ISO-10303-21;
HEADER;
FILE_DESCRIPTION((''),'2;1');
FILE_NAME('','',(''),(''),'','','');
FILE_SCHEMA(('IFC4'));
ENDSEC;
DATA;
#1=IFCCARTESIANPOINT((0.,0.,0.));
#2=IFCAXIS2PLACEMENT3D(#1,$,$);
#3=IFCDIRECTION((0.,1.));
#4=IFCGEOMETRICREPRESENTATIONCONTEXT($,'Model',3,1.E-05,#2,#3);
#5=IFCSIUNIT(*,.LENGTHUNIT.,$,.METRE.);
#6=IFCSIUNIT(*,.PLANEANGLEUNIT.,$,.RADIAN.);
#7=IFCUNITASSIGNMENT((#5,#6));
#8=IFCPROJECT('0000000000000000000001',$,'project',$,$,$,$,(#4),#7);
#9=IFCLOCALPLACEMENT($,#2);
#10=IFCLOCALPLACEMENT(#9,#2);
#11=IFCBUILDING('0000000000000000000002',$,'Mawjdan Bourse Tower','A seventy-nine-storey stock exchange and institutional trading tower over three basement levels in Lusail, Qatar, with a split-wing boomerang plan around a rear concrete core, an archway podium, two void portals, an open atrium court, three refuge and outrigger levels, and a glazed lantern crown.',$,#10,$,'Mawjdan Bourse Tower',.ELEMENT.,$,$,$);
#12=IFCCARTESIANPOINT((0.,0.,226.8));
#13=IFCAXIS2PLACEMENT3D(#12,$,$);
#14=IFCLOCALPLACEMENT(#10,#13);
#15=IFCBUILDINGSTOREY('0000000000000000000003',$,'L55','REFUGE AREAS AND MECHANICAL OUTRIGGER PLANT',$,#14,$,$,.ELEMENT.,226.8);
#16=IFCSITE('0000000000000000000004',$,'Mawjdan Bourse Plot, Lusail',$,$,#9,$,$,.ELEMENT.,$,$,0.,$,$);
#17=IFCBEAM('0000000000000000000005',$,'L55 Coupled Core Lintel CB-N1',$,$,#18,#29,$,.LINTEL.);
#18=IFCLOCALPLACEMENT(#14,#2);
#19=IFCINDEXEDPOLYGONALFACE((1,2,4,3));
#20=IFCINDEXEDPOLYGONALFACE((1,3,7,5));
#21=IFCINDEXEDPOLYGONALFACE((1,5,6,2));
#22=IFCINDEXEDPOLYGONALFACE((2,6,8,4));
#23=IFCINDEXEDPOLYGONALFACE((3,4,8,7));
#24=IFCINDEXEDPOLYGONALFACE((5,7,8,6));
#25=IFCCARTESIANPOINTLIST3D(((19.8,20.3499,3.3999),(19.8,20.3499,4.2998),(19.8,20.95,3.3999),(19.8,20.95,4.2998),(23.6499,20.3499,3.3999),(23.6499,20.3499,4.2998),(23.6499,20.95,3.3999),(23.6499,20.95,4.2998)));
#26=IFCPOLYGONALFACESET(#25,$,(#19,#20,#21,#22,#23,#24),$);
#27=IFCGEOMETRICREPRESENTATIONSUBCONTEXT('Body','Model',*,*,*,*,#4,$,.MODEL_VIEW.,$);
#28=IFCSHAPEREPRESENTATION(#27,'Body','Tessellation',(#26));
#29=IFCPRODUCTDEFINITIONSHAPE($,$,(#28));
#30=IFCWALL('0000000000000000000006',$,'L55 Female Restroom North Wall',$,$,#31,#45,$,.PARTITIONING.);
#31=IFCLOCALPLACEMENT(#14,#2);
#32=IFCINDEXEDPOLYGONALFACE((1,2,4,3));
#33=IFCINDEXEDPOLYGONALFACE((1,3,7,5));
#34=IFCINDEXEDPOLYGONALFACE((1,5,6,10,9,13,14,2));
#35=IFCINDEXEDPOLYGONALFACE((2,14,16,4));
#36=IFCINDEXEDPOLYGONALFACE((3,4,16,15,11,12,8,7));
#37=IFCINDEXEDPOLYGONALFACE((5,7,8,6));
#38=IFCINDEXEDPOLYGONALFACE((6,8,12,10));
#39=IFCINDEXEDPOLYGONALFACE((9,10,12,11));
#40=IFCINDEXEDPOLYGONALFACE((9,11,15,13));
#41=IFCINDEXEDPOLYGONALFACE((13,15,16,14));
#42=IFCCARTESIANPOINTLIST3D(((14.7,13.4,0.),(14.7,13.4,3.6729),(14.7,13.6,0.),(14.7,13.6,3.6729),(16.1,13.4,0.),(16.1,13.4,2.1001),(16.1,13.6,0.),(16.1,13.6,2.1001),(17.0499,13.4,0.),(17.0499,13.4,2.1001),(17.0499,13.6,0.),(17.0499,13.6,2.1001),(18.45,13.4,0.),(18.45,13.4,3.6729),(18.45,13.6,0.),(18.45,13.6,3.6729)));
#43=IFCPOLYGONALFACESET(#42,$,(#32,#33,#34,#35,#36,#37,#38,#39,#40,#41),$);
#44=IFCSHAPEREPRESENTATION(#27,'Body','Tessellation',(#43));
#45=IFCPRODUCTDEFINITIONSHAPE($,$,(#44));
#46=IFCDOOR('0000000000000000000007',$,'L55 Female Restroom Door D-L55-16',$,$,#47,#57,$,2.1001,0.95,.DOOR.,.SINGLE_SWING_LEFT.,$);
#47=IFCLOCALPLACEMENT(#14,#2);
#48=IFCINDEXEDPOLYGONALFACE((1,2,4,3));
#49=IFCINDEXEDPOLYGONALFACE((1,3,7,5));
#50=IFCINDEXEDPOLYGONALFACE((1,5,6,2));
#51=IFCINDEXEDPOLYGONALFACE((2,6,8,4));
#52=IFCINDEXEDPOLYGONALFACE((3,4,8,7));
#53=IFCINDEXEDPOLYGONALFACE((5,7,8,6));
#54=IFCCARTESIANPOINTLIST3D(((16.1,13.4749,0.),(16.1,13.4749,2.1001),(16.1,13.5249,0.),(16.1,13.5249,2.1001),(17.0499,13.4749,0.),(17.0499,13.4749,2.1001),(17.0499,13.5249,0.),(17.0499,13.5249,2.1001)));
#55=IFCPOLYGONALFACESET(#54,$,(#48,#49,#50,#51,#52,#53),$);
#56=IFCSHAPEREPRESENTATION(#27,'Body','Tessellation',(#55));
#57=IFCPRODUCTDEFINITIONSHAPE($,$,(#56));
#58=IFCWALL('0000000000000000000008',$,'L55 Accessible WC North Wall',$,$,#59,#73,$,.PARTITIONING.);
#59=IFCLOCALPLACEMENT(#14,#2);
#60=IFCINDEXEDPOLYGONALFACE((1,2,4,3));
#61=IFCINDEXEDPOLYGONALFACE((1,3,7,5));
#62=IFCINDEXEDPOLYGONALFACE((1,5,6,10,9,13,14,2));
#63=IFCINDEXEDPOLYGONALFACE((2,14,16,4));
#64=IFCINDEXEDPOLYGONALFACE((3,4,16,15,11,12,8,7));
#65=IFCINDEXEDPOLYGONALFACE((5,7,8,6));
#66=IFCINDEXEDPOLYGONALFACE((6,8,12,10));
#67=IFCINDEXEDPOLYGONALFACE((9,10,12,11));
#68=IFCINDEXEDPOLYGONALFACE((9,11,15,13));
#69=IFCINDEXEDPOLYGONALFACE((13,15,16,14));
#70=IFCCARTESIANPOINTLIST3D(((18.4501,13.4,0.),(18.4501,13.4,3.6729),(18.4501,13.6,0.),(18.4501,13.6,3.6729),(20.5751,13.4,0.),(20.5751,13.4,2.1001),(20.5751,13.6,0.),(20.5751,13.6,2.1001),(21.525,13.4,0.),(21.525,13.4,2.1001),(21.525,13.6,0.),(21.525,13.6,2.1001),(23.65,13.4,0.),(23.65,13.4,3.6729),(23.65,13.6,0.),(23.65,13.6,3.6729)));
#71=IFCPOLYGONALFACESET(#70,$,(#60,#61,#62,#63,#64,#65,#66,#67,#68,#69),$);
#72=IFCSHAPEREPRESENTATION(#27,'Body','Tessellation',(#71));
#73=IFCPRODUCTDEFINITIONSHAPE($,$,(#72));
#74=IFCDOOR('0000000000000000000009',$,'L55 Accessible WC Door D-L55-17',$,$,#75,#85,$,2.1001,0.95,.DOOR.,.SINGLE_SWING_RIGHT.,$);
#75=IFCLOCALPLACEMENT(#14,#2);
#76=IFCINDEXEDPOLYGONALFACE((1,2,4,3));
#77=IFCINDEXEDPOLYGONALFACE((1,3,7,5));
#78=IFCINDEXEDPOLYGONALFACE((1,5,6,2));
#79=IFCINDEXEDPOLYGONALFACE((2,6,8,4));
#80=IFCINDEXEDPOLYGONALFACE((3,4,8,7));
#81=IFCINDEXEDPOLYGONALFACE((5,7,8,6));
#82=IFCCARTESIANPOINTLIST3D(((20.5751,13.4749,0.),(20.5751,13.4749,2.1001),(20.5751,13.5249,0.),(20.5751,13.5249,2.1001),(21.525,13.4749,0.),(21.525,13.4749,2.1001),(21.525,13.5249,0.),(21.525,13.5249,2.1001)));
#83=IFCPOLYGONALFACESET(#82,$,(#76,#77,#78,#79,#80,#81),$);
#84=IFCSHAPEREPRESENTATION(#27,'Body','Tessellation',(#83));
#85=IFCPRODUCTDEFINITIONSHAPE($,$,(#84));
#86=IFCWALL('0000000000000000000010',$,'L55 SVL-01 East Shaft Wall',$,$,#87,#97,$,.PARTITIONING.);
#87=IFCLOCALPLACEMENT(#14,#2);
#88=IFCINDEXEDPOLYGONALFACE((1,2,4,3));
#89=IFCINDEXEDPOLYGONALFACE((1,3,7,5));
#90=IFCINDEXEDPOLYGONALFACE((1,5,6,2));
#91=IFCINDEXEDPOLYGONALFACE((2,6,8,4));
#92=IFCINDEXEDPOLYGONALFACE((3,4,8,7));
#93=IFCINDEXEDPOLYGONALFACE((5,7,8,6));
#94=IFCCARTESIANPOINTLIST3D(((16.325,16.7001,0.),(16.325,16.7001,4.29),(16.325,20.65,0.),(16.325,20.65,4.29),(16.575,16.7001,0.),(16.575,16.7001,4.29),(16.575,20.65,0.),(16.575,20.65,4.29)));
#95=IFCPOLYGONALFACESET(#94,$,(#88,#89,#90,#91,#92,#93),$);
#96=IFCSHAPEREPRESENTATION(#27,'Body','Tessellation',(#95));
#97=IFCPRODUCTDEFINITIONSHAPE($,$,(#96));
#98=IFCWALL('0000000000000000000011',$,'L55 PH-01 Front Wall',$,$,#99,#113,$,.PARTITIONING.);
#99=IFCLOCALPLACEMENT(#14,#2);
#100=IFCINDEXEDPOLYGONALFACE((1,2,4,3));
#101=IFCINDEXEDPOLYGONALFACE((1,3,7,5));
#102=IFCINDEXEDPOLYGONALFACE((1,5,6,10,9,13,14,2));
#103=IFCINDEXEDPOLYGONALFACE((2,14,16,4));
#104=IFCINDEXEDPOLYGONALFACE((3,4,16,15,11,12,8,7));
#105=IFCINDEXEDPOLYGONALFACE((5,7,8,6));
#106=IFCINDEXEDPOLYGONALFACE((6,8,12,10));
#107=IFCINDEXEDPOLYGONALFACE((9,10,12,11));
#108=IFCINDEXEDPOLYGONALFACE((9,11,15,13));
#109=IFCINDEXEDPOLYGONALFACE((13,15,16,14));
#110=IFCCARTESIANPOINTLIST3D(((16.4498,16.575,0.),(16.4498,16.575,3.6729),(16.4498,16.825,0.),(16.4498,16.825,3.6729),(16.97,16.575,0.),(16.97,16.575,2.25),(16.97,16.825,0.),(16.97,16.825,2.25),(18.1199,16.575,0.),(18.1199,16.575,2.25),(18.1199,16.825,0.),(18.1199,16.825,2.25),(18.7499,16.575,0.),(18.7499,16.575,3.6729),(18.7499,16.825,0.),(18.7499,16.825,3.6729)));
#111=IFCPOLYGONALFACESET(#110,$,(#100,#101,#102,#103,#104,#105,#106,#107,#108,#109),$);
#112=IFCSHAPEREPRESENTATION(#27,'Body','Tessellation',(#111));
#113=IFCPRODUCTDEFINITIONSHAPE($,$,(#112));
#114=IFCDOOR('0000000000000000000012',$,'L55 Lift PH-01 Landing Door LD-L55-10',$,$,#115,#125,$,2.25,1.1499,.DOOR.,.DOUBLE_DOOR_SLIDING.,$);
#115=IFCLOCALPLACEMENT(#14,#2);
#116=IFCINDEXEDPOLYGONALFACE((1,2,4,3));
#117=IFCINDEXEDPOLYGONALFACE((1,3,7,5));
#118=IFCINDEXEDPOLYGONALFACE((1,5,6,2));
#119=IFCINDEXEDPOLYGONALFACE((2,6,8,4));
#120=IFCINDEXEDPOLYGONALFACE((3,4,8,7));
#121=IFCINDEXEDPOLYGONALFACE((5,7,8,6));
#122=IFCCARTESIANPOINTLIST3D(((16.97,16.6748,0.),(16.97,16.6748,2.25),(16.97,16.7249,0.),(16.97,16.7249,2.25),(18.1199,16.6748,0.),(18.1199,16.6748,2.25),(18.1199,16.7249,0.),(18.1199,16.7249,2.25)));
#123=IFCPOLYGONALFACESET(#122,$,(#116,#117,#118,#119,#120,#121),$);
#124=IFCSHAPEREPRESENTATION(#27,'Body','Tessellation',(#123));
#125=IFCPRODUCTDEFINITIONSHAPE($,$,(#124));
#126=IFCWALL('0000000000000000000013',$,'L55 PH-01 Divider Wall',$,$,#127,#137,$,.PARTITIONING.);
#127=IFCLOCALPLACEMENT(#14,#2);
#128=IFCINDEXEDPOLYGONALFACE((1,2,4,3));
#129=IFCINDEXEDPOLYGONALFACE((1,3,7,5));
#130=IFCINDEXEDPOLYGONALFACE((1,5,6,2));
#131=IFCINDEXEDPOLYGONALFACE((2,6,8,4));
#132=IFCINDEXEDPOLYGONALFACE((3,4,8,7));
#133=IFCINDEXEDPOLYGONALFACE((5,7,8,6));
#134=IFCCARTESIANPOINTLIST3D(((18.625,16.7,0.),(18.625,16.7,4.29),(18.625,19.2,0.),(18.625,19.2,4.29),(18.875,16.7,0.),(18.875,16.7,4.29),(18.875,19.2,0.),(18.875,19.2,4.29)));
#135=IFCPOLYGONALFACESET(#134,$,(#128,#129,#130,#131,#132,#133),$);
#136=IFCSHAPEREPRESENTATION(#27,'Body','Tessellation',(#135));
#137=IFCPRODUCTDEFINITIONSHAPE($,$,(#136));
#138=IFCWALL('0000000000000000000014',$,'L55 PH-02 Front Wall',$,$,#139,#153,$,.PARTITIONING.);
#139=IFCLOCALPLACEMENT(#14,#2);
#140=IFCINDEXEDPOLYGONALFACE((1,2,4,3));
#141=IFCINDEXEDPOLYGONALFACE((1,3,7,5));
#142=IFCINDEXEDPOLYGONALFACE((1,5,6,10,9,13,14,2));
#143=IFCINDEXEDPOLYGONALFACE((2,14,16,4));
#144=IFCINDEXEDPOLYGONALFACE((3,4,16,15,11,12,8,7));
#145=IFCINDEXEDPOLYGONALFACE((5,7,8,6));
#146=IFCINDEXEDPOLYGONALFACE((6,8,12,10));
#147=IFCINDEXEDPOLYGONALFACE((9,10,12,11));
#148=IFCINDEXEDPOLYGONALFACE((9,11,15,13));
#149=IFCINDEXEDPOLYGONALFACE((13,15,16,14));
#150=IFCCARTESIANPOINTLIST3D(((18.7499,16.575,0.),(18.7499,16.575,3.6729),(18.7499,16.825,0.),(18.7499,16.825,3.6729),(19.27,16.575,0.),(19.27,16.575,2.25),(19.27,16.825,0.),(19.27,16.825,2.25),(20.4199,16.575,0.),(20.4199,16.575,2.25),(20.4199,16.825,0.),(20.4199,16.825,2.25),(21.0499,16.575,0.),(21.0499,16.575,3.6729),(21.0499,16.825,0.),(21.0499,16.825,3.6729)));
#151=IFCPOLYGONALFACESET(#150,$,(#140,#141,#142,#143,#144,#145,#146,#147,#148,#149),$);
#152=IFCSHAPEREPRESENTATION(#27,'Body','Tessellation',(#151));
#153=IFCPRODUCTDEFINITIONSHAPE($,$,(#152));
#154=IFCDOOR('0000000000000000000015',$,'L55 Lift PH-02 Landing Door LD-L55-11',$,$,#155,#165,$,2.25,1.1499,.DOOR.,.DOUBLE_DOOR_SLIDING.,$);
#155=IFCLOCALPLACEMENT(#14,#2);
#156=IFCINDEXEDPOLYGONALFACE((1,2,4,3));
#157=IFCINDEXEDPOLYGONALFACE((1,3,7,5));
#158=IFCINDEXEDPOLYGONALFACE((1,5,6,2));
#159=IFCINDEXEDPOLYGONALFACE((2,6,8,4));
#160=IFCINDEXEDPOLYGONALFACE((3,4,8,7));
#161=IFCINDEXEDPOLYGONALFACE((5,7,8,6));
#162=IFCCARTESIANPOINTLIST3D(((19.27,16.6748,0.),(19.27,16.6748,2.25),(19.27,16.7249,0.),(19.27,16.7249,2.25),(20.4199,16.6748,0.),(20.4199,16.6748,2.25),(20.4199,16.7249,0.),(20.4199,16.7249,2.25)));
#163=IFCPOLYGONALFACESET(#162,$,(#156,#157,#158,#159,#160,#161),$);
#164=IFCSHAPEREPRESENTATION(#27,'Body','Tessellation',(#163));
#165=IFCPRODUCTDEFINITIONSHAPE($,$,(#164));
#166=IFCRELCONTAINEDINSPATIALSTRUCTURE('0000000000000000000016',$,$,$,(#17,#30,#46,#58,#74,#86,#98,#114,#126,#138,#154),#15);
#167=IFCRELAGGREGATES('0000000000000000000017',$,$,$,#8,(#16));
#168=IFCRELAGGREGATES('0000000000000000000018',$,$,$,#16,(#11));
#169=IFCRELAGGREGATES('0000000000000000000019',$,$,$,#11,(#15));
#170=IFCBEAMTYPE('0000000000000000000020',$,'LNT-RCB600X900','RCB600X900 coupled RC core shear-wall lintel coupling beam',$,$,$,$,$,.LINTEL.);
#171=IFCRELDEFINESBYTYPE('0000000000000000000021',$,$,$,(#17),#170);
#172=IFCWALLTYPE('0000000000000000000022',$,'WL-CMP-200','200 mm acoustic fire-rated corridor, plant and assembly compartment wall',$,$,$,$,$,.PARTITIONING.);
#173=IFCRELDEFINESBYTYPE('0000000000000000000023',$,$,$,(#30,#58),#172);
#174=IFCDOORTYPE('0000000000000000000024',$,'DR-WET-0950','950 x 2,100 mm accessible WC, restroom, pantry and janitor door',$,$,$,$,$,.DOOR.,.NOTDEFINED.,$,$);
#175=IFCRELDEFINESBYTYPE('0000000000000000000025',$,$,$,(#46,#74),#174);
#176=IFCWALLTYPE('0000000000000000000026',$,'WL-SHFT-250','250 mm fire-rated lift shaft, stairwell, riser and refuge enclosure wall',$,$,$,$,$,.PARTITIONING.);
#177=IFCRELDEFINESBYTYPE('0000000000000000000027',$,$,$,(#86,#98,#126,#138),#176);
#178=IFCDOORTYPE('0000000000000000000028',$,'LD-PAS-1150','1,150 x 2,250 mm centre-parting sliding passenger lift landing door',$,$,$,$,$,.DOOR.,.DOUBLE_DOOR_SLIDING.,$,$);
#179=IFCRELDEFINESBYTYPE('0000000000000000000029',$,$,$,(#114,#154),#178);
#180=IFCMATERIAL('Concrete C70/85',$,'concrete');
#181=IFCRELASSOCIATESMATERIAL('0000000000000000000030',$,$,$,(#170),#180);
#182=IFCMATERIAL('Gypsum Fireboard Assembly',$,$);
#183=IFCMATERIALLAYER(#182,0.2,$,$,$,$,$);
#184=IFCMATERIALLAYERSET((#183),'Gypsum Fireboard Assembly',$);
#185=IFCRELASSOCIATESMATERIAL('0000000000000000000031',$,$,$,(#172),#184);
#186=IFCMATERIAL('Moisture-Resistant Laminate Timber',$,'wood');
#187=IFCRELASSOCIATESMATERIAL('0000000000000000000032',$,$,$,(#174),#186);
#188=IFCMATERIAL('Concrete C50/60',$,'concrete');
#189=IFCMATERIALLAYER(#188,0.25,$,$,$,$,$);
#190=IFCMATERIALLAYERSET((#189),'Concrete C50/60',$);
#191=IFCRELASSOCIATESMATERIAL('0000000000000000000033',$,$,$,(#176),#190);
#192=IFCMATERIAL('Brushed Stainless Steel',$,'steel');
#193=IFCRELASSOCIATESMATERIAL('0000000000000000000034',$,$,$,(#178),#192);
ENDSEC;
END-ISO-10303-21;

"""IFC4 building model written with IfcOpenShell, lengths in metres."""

from ifc_helpers import new_model, si_unit, direction, frame, frame_2d, origin, origin_2d, place, context, subcontext, project, spatial, rectangle, extrude, material, layer, layer_set, material_profile, profile_set, type_object, element, fill, save


model = new_model("IFC4")

# Units and contexts
model_context = context("Model", 3, precision=1e-05, world=origin(), true_north=direction((0.0, 1.0)))
body_context = subcontext(model_context, "Body", "Model", "MODEL_VIEW")
ifc_project = project(units=[si_unit("LENGTHUNIT", "METRE"), si_unit("PLANEANGLEUNIT", "RADIAN")], contexts=[model_context])

# Site, building, storey
site_placement = place(None, origin())
site = spatial("IfcSite", under=ifc_project, at=site_placement, Name="Mawjdan Bourse Plot, Lusail", CompositionType="ELEMENT", RefElevation=0.0)
building_placement = place(site_placement, origin())
building = spatial("IfcBuilding", under=site, at=building_placement, Name="Mawjdan Bourse Tower", Description="A seventy-nine-storey stock exchange and institutional trading tower over three basement levels in Lusail, Qatar, with a split-wing boomerang plan around a rear concrete core, an archway podium, two void portals, an open atrium court, three refuge and outrigger levels, and a glazed lantern crown.", LongName="Mawjdan Bourse Tower", CompositionType="ELEMENT")
storey_placement = place(building_placement, frame((0.0, 0.0, 226.8)))
storey = spatial("IfcBuildingStorey", under=building, at=storey_placement, Name="L55", Description="REFUGE AREAS AND MECHANICAL OUTRIGGER PLANT", CompositionType="ELEMENT", Elevation=226.8)

# Beam
ifc_material_1 = material(Name="Concrete C70/85", Category="concrete")
ifc_material_profile_1 = material_profile(ifc_material_1, rectangle(XDim=0.6001, YDim=0.8999, at=origin_2d()), Name="RCB600X900")
ifc_profile_set_1 = profile_set([ifc_material_profile_1], Name="Concrete C70/85")
beam_type_1 = type_object("IfcBeamType", Name="LNT-RCB600X900", Description="RCB600X900 coupled RC core shear-wall lintel coupling beam", PredefinedType="LINTEL", material=ifc_profile_set_1)
beam_1_placement = place(storey_placement, frame((19.8, 20.6499, 3.8499), z_axis=(1.0, 0.0, 0.0), x_axis=(0.0, 1.0, 0.0)))
element("IfcBeam", 1, at=beam_1_placement, inside=storey, type_object=beam_type_1, Name="L55 Coupled Core Lintel CB-N1", PredefinedType="LINTEL", context=body_context, shape_type="SweptSolid", body=[
    extrude(rectangle(XDim=0.6001, YDim=0.8999, at=origin_2d()), origin(), (0.0, 0.0, 1.0), 3.8499),
])

# Walls, openings, doors
ifc_material_2 = material(Name="Gypsum Fireboard Assembly")
ifc_layer_1 = layer(ifc_material_2, 0.2)
ifc_layer_set_1 = layer_set([ifc_layer_1], Name="Gypsum Fireboard Assembly")
wall_type_1 = type_object("IfcWallType", Name="WL-CMP-200", Description="200 mm acoustic fire-rated corridor, plant and assembly compartment wall", PredefinedType="PARTITIONING", material=ifc_layer_set_1)
wall_1_placement = place(storey_placement, frame((14.7, 13.5, 0.0), z_axis=(0.0, 0.0, 1.0), x_axis=(1.0, 0.0, 0.0)))
wall_1 = element("IfcWall", 2, at=wall_1_placement, inside=storey, type_object=wall_type_1, Name="L55 Female Restroom North Wall", PredefinedType="PARTITIONING", context=body_context, shape_type="SweptSolid", body=[
    extrude(rectangle(XDim=3.75, YDim=0.2, at=frame_2d((1.875, 0.0))), origin(), (0.0, 0.0, 1.0), 3.6729),
])
opening_1_placement = place(wall_1_placement, frame((1.3999, 0.0, 0.0)))
opening_1 = element("IfcOpeningElement", 3, at=opening_1_placement, cuts=wall_1, PredefinedType="OPENING", context=body_context, shape_type="SweptSolid", body=[
    extrude(rectangle(XDim=0.95, YDim=2.1001, at=frame_2d((0.4751, 1.05))), frame((0.0, 0.1099, 0.0), z_axis=(0.0, -1.0, 0.0), x_axis=(1.0, 0.0, 0.0)), (0.0, 0.0, 1.0), 0.22),
])
ifc_material_3 = material(Name="Moisture-Resistant Laminate Timber", Category="wood")
door_type_1 = type_object("IfcDoorType", Name="DR-WET-0950", Description="950 x 2,100 mm accessible WC, restroom, pantry and janitor door", OperationType="NOTDEFINED", PredefinedType="DOOR", material=ifc_material_3)
door_1_placement = place(opening_1_placement, origin())
door_1 = element("IfcDoor", 4, at=door_1_placement, inside=storey, type_object=door_type_1, Name="L55 Female Restroom Door D-L55-16", OperationType="SINGLE_SWING_LEFT", OverallHeight=2.1001, OverallWidth=0.95, PredefinedType="DOOR", context=body_context, shape_type="SweptSolid", body=[
    extrude(rectangle(XDim=0.95, YDim=2.1001, at=frame_2d((0.4751, 1.05))), frame((0.0, 0.0249, 0.0), z_axis=(0.0, -1.0, 0.0), x_axis=(1.0, 0.0, 0.0)), (0.0, 0.0, 1.0), 0.05),
])
fill(opening_1, door_1)
wall_2_placement = place(storey_placement, frame((18.45, 13.5, 0.0), z_axis=(0.0, 0.0, 1.0), x_axis=(1.0, 0.0, 0.0)))
wall_2 = element("IfcWall", 5, at=wall_2_placement, inside=storey, type_object=wall_type_1, Name="L55 Accessible WC North Wall", PredefinedType="PARTITIONING", context=body_context, shape_type="SweptSolid", body=[
    extrude(rectangle(XDim=5.2, YDim=0.2, at=frame_2d((2.6001, 0.0))), origin(), (0.0, 0.0, 1.0), 3.6729),
])
opening_2_placement = place(wall_2_placement, frame((2.125, 0.0, 0.0)))
opening_2 = element("IfcOpeningElement", 6, at=opening_2_placement, cuts=wall_2, PredefinedType="OPENING", context=body_context, shape_type="SweptSolid", body=[
    extrude(rectangle(XDim=0.95, YDim=2.1001, at=frame_2d((0.4751, 1.05))), frame((0.0, 0.1099, 0.0), z_axis=(0.0, -1.0, 0.0), x_axis=(1.0, 0.0, 0.0)), (0.0, 0.0, 1.0), 0.22),
])
door_2_placement = place(opening_2_placement, origin())
door_2 = element("IfcDoor", 7, at=door_2_placement, inside=storey, type_object=door_type_1, Name="L55 Accessible WC Door D-L55-17", OperationType="SINGLE_SWING_RIGHT", OverallHeight=2.1001, OverallWidth=0.95, PredefinedType="DOOR", context=body_context, shape_type="SweptSolid", body=[
    extrude(rectangle(XDim=0.95, YDim=2.1001, at=frame_2d((0.4751, 1.05))), frame((0.0, 0.0249, 0.0), z_axis=(0.0, -1.0, 0.0), x_axis=(1.0, 0.0, 0.0)), (0.0, 0.0, 1.0), 0.05),
])
fill(opening_2, door_2)

# Wall
ifc_material_4 = material(Name="Concrete C50/60", Category="concrete")
ifc_layer_2 = layer(ifc_material_4, 0.25)
ifc_layer_set_2 = layer_set([ifc_layer_2], Name="Concrete C50/60")
wall_type_2 = type_object("IfcWallType", Name="WL-SHFT-250", Description="250 mm fire-rated lift shaft, stairwell, riser and refuge enclosure wall", PredefinedType="PARTITIONING", material=ifc_layer_set_2)
wall_3_placement = place(storey_placement, frame((16.45, 16.7, 0.0), z_axis=(0.0, 0.0, 1.0), x_axis=(0.0, 1.0, 0.0)))
element("IfcWall", 8, at=wall_3_placement, inside=storey, type_object=wall_type_2, Name="L55 SVL-01 East Shaft Wall", PredefinedType="PARTITIONING", context=body_context, shape_type="SweptSolid", body=[
    extrude(rectangle(XDim=3.95, YDim=0.25, at=frame_2d((1.9751, 0.0))), origin(), (0.0, 0.0, 1.0), 4.29),
])

# Wall, opening, door
wall_4_placement = place(storey_placement, frame((16.45, 16.7, 0.0), z_axis=(0.0, 0.0, 1.0), x_axis=(1.0, 0.0, 0.0)))
wall_4 = element("IfcWall", 9, at=wall_4_placement, inside=storey, type_object=wall_type_2, Name="L55 PH-01 Front Wall", PredefinedType="PARTITIONING", context=body_context, shape_type="SweptSolid", body=[
    extrude(rectangle(XDim=2.3, YDim=0.25, at=frame_2d((1.1499, 0.0))), origin(), (0.0, 0.0, 1.0), 3.6729),
])
opening_3_placement = place(wall_4_placement, frame((0.52, 0.0, 0.0)))
opening_3 = element("IfcOpeningElement", 10, at=opening_3_placement, cuts=wall_4, PredefinedType="OPENING", context=body_context, shape_type="SweptSolid", body=[
    extrude(rectangle(XDim=1.1499, YDim=2.25, at=frame_2d((0.575, 1.125))), frame((0.0, 0.135, 0.0), z_axis=(0.0, -1.0, 0.0), x_axis=(1.0, 0.0, 0.0)), (0.0, 0.0, 1.0), 0.27),
])
ifc_material_5 = material(Name="Brushed Stainless Steel", Category="steel")
door_type_2 = type_object("IfcDoorType", Name="LD-PAS-1150", Description="1,150 x 2,250 mm centre-parting sliding passenger lift landing door", OperationType="DOUBLE_DOOR_SLIDING", PredefinedType="DOOR", material=ifc_material_5)
door_3_placement = place(opening_3_placement, origin())
door_3 = element("IfcDoor", 11, at=door_3_placement, inside=storey, type_object=door_type_2, Name="L55 Lift PH-01 Landing Door LD-L55-10", OperationType="DOUBLE_DOOR_SLIDING", OverallHeight=2.25, OverallWidth=1.1499, PredefinedType="DOOR", context=body_context, shape_type="SweptSolid", body=[
    extrude(rectangle(XDim=1.1499, YDim=2.25, at=frame_2d((0.575, 1.125))), frame((0.0, 0.0249, 0.0), z_axis=(0.0, -1.0, 0.0), x_axis=(1.0, 0.0, 0.0)), (0.0, 0.0, 1.0), 0.05),
])
fill(opening_3, door_3)

# Wall
wall_5_placement = place(storey_placement, frame((18.75, 16.7, 0.0), z_axis=(0.0, 0.0, 1.0), x_axis=(0.0, 1.0, 0.0)))
element("IfcWall", 12, at=wall_5_placement, inside=storey, type_object=wall_type_2, Name="L55 PH-01 Divider Wall", PredefinedType="PARTITIONING", context=body_context, shape_type="SweptSolid", body=[
    extrude(rectangle(XDim=2.5, YDim=0.25, at=frame_2d((1.25, 0.0))), origin(), (0.0, 0.0, 1.0), 4.29),
])

# Wall, opening, door
wall_6_placement = place(storey_placement, frame((18.75, 16.7, 0.0), z_axis=(0.0, 0.0, 1.0), x_axis=(1.0, 0.0, 0.0)))
wall_6 = element("IfcWall", 13, at=wall_6_placement, inside=storey, type_object=wall_type_2, Name="L55 PH-02 Front Wall", PredefinedType="PARTITIONING", context=body_context, shape_type="SweptSolid", body=[
    extrude(rectangle(XDim=2.3, YDim=0.25, at=frame_2d((1.1499, 0.0))), origin(), (0.0, 0.0, 1.0), 3.6729),
])
opening_4_placement = place(wall_6_placement, frame((0.52, 0.0, 0.0)))
opening_4 = element("IfcOpeningElement", 14, at=opening_4_placement, cuts=wall_6, PredefinedType="OPENING", context=body_context, shape_type="SweptSolid", body=[
    extrude(rectangle(XDim=1.1499, YDim=2.25, at=frame_2d((0.575, 1.125))), frame((0.0, 0.135, 0.0), z_axis=(0.0, -1.0, 0.0), x_axis=(1.0, 0.0, 0.0)), (0.0, 0.0, 1.0), 0.27),
])
door_4_placement = place(opening_4_placement, origin())
door_4 = element("IfcDoor", 15, at=door_4_placement, inside=storey, type_object=door_type_2, Name="L55 Lift PH-02 Landing Door LD-L55-11", OperationType="DOUBLE_DOOR_SLIDING", OverallHeight=2.25, OverallWidth=1.1499, PredefinedType="DOOR", context=body_context, shape_type="SweptSolid", body=[
    extrude(rectangle(XDim=1.1499, YDim=2.25, at=frame_2d((0.575, 1.125))), frame((0.0, 0.0249, 0.0), z_axis=(0.0, -1.0, 0.0), x_axis=(1.0, 0.0, 0.0)), (0.0, 0.0, 1.0), 0.05),
])
fill(opening_4, door_4)

save(model, "model.ifc")
